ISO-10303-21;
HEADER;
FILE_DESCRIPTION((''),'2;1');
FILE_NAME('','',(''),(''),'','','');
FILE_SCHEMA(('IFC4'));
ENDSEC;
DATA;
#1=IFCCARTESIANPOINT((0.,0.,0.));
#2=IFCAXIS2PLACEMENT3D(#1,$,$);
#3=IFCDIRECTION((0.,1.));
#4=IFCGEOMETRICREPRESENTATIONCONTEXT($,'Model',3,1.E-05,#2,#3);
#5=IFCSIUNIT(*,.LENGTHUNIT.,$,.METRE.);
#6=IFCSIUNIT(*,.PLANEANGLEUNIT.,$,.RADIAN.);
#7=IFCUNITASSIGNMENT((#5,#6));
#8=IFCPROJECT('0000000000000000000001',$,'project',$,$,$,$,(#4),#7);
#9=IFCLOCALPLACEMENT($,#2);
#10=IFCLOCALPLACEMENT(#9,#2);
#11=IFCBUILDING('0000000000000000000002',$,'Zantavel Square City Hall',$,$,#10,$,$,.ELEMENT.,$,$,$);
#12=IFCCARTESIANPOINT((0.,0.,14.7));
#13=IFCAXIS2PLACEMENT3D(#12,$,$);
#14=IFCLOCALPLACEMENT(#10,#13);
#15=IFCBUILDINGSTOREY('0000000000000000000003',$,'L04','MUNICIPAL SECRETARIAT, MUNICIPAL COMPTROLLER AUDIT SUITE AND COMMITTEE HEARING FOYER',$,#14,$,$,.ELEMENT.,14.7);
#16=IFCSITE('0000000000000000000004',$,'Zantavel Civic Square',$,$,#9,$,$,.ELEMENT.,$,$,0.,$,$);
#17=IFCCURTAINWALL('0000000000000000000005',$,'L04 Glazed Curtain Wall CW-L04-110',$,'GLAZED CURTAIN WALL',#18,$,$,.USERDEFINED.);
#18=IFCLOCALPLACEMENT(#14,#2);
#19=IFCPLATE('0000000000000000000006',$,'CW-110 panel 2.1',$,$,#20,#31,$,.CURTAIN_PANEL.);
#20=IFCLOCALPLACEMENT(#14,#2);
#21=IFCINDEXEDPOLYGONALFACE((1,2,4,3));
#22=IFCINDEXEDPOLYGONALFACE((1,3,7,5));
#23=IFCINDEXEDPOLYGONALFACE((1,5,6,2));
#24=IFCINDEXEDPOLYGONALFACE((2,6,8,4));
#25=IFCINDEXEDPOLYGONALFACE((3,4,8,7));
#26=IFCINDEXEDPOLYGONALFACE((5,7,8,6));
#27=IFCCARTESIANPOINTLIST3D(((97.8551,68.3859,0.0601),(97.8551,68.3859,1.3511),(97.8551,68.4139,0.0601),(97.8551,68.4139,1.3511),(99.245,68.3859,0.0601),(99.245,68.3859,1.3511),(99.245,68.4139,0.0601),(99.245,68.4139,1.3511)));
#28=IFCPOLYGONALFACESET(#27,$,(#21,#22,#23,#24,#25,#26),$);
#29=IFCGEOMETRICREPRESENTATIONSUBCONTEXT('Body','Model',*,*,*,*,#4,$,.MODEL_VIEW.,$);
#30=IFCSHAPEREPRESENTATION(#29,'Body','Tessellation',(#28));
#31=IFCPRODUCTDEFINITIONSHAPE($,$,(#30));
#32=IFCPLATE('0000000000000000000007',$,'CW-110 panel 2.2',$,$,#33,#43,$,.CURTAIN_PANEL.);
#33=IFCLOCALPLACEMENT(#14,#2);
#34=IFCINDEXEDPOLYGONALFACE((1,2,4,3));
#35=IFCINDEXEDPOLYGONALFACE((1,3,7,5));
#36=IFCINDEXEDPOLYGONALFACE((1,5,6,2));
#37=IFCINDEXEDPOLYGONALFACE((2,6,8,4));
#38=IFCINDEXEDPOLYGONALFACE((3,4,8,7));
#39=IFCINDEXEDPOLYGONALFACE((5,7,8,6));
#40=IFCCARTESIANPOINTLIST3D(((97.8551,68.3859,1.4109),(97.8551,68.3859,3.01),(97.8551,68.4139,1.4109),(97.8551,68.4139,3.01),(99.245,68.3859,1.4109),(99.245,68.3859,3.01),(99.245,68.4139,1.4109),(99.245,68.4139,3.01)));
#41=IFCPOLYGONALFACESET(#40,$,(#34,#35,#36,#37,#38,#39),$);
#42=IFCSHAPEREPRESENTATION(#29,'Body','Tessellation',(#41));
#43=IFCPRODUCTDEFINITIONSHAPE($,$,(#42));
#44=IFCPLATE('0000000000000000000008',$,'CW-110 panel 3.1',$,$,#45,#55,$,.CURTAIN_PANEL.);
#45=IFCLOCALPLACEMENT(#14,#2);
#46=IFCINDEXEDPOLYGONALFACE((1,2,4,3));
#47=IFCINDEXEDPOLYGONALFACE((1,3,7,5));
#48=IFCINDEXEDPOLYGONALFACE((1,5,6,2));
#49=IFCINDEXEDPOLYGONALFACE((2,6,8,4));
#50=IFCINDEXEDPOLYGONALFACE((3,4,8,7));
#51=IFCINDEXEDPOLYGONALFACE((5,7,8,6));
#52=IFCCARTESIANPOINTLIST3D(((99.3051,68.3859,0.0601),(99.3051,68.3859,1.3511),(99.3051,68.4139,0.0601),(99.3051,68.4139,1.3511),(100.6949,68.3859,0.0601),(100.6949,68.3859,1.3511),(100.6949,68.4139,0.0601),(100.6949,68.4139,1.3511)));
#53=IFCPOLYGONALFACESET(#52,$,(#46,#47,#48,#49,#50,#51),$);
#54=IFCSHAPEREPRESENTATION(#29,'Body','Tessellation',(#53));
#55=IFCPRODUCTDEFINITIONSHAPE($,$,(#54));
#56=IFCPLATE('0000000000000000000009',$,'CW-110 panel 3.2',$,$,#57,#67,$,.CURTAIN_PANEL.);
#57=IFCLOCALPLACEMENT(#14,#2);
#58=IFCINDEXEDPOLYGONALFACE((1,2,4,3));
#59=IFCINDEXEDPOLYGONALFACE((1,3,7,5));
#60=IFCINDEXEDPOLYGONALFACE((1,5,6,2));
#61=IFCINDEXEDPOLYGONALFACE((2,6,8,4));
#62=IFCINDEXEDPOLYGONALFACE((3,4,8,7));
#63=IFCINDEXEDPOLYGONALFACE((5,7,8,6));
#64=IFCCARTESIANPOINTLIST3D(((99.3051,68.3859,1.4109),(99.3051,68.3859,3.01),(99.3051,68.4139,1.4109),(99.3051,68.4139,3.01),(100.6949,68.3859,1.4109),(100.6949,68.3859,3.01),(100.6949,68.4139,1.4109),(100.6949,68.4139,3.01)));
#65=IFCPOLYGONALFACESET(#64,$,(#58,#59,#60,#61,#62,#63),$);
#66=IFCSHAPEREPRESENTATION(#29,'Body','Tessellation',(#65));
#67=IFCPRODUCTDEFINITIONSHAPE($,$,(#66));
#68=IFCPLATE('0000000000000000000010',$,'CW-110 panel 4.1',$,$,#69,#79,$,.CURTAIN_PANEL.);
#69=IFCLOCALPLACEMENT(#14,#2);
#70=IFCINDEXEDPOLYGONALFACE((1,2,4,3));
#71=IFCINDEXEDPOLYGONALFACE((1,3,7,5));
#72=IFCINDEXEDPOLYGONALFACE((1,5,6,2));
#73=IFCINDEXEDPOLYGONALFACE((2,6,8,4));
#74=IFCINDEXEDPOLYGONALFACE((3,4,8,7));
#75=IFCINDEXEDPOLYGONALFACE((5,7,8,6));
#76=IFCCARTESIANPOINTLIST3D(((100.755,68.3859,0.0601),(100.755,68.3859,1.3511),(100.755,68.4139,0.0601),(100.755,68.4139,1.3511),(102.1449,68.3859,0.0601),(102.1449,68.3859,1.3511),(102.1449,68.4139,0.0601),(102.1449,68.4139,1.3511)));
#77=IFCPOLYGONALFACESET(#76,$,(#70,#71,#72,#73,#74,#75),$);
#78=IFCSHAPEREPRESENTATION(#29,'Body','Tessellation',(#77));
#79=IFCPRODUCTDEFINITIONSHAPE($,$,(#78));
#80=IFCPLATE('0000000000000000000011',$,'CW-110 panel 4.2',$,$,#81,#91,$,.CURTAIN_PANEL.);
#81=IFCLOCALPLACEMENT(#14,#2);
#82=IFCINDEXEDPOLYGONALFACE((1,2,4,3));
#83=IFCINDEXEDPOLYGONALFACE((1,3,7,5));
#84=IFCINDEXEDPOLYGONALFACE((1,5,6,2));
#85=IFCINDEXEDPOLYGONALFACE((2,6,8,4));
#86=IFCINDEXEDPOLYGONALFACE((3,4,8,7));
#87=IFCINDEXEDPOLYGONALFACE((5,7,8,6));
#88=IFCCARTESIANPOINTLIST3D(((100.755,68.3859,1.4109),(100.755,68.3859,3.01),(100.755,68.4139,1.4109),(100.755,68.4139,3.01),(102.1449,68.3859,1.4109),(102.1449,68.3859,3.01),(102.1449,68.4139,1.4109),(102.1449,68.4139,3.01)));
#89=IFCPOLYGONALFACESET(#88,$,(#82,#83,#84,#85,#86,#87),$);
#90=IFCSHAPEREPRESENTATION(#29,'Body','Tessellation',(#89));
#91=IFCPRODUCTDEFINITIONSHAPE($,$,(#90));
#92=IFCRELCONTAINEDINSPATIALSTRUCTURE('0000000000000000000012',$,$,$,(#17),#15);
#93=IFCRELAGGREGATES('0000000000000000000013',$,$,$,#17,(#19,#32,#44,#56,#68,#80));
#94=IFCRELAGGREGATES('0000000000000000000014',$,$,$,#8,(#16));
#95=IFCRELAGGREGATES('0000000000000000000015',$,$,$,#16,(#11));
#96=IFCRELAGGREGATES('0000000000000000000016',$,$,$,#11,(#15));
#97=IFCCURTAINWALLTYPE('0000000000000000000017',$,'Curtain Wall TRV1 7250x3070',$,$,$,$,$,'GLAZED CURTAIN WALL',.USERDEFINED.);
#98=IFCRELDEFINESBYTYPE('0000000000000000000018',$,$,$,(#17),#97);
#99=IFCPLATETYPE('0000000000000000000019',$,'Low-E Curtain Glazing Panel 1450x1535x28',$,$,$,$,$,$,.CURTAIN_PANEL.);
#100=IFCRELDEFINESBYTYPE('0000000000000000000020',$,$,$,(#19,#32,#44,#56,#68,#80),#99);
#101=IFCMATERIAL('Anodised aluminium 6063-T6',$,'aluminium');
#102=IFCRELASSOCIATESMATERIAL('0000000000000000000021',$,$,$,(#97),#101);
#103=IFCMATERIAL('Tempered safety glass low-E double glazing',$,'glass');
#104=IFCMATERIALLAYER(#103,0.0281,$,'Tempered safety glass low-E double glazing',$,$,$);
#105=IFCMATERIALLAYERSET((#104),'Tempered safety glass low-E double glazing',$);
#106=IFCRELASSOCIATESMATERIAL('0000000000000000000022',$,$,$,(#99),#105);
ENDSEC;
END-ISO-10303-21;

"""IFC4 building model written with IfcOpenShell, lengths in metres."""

from ifc_helpers import new_model, si_unit, direction, frame, origin, origin_2d, place, context, subcontext, project, spatial, rectangle, extrude, material, layer, layer_set, type_object, element, aggregate, save


model = new_model("IFC4")

# Units and contexts
model_context = context("Model", 3, precision=1e-05, world=origin(), true_north=direction((0.0, 1.0)))
body_context = subcontext(model_context, "Body", "Model", "MODEL_VIEW")
ifc_project = project(units=[si_unit("LENGTHUNIT", "METRE"), si_unit("PLANEANGLEUNIT", "RADIAN")], contexts=[model_context])

# Site, building, storey
site_placement = place(None, origin())
site = spatial("IfcSite", under=ifc_project, at=site_placement, Name="Zantavel Civic Square", CompositionType="ELEMENT", RefElevation=0.0)
building_placement = place(site_placement, origin())
building = spatial("IfcBuilding", under=site, at=building_placement, Name="Zantavel Square City Hall", CompositionType="ELEMENT")
storey_placement = place(building_placement, frame((0.0, 0.0, 14.7)))
storey = spatial("IfcBuildingStorey", under=building, at=storey_placement, Name="L04", Description="MUNICIPAL SECRETARIAT, MUNICIPAL COMPTROLLER AUDIT SUITE AND COMMITTEE HEARING FOYER", CompositionType="ELEMENT", Elevation=14.7)

# Curtain wall, plates
ifc_material_1 = material(Name="Anodised aluminium 6063-T6", Category="aluminium")
curtain_wall_type = type_object("IfcCurtainWallType", Name="Curtain Wall TRV1 7250x3070", ElementType="GLAZED CURTAIN WALL", PredefinedType="USERDEFINED", material=ifc_material_1)
curtain_wall_placement = place(storey_placement, origin())
curtain_wall = element("IfcCurtainWall", 1, at=curtain_wall_placement, inside=storey, type_object=curtain_wall_type, Name="L04 Glazed Curtain Wall CW-L04-110", ObjectType="GLAZED CURTAIN WALL", PredefinedType="USERDEFINED")
ifc_material_2 = material(Name="Tempered safety glass low-E double glazing", Category="glass")
ifc_layer = layer(ifc_material_2, 0.0281, Name="Tempered safety glass low-E double glazing")
ifc_layer_set = layer_set([ifc_layer], Name="Tempered safety glass low-E double glazing")
plate_type = type_object("IfcPlateType", Name="Low-E Curtain Glazing Panel 1450x1535x28", PredefinedType="CURTAIN_PANEL", material=ifc_layer_set)
plate_1_placement = place(storey_placement, frame((98.55, 68.3999, 0.0601), z_axis=(0.0, 0.0, 1.0), x_axis=(1.0, 0.0, 0.0)))
plate_1 = element("IfcPlate", 2, at=plate_1_placement, type_object=plate_type, Name="CW-110 panel 2.1", PredefinedType="CURTAIN_PANEL", context=body_context, shape_type="SweptSolid", body=[
    extrude(rectangle(XDim=1.3899, YDim=0.0281, at=origin_2d()), origin(), (0.0, 0.0, 1.0), 1.291),
])
plate_2_placement = place(storey_placement, frame((98.55, 68.3999, 1.4109), z_axis=(0.0, 0.0, 1.0), x_axis=(1.0, 0.0, 0.0)))
plate_2 = element("IfcPlate", 3, at=plate_2_placement, type_object=plate_type, Name="CW-110 panel 2.2", PredefinedType="CURTAIN_PANEL", context=body_context, shape_type="SweptSolid", body=[
    extrude(rectangle(XDim=1.3899, YDim=0.0281, at=origin_2d()), origin(), (0.0, 0.0, 1.0), 1.5991),
])
plate_3_placement = place(storey_placement, frame((100.0, 68.3999, 0.0601), z_axis=(0.0, 0.0, 1.0), x_axis=(1.0, 0.0, 0.0)))
plate_3 = element("IfcPlate", 4, at=plate_3_placement, type_object=plate_type, Name="CW-110 panel 3.1", PredefinedType="CURTAIN_PANEL", context=body_context, shape_type="SweptSolid", body=[
    extrude(rectangle(XDim=1.3899, YDim=0.0281, at=origin_2d()), origin(), (0.0, 0.0, 1.0), 1.291),
])
plate_4_placement = place(storey_placement, frame((100.0, 68.3999, 1.4109), z_axis=(0.0, 0.0, 1.0), x_axis=(1.0, 0.0, 0.0)))
plate_4 = element("IfcPlate", 5, at=plate_4_placement, type_object=plate_type, Name="CW-110 panel 3.2", PredefinedType="CURTAIN_PANEL", context=body_context, shape_type="SweptSolid", body=[
    extrude(rectangle(XDim=1.3899, YDim=0.0281, at=origin_2d()), origin(), (0.0, 0.0, 1.0), 1.5991),
])
plate_5_placement = place(storey_placement, frame((101.45, 68.3999, 0.0601), z_axis=(0.0, 0.0, 1.0), x_axis=(1.0, 0.0, 0.0)))
plate_5 = element("IfcPlate", 6, at=plate_5_placement, type_object=plate_type, Name="CW-110 panel 4.1", PredefinedType="CURTAIN_PANEL", context=body_context, shape_type="SweptSolid", body=[
    extrude(rectangle(XDim=1.3899, YDim=0.0281, at=origin_2d()), origin(), (0.0, 0.0, 1.0), 1.291),
])
plate_6_placement = place(storey_placement, frame((101.45, 68.3999, 1.4109), z_axis=(0.0, 0.0, 1.0), x_axis=(1.0, 0.0, 0.0)))
plate_6 = element("IfcPlate", 7, at=plate_6_placement, type_object=plate_type, Name="CW-110 panel 4.2", PredefinedType="CURTAIN_PANEL", context=body_context, shape_type="SweptSolid", body=[
    extrude(rectangle(XDim=1.3899, YDim=0.0281, at=origin_2d()), origin(), (0.0, 0.0, 1.0), 1.5991),
])
aggregate(curtain_wall, [plate_1, plate_2, plate_3, plate_4, plate_5, plate_6])

save(model, "model.ifc")
